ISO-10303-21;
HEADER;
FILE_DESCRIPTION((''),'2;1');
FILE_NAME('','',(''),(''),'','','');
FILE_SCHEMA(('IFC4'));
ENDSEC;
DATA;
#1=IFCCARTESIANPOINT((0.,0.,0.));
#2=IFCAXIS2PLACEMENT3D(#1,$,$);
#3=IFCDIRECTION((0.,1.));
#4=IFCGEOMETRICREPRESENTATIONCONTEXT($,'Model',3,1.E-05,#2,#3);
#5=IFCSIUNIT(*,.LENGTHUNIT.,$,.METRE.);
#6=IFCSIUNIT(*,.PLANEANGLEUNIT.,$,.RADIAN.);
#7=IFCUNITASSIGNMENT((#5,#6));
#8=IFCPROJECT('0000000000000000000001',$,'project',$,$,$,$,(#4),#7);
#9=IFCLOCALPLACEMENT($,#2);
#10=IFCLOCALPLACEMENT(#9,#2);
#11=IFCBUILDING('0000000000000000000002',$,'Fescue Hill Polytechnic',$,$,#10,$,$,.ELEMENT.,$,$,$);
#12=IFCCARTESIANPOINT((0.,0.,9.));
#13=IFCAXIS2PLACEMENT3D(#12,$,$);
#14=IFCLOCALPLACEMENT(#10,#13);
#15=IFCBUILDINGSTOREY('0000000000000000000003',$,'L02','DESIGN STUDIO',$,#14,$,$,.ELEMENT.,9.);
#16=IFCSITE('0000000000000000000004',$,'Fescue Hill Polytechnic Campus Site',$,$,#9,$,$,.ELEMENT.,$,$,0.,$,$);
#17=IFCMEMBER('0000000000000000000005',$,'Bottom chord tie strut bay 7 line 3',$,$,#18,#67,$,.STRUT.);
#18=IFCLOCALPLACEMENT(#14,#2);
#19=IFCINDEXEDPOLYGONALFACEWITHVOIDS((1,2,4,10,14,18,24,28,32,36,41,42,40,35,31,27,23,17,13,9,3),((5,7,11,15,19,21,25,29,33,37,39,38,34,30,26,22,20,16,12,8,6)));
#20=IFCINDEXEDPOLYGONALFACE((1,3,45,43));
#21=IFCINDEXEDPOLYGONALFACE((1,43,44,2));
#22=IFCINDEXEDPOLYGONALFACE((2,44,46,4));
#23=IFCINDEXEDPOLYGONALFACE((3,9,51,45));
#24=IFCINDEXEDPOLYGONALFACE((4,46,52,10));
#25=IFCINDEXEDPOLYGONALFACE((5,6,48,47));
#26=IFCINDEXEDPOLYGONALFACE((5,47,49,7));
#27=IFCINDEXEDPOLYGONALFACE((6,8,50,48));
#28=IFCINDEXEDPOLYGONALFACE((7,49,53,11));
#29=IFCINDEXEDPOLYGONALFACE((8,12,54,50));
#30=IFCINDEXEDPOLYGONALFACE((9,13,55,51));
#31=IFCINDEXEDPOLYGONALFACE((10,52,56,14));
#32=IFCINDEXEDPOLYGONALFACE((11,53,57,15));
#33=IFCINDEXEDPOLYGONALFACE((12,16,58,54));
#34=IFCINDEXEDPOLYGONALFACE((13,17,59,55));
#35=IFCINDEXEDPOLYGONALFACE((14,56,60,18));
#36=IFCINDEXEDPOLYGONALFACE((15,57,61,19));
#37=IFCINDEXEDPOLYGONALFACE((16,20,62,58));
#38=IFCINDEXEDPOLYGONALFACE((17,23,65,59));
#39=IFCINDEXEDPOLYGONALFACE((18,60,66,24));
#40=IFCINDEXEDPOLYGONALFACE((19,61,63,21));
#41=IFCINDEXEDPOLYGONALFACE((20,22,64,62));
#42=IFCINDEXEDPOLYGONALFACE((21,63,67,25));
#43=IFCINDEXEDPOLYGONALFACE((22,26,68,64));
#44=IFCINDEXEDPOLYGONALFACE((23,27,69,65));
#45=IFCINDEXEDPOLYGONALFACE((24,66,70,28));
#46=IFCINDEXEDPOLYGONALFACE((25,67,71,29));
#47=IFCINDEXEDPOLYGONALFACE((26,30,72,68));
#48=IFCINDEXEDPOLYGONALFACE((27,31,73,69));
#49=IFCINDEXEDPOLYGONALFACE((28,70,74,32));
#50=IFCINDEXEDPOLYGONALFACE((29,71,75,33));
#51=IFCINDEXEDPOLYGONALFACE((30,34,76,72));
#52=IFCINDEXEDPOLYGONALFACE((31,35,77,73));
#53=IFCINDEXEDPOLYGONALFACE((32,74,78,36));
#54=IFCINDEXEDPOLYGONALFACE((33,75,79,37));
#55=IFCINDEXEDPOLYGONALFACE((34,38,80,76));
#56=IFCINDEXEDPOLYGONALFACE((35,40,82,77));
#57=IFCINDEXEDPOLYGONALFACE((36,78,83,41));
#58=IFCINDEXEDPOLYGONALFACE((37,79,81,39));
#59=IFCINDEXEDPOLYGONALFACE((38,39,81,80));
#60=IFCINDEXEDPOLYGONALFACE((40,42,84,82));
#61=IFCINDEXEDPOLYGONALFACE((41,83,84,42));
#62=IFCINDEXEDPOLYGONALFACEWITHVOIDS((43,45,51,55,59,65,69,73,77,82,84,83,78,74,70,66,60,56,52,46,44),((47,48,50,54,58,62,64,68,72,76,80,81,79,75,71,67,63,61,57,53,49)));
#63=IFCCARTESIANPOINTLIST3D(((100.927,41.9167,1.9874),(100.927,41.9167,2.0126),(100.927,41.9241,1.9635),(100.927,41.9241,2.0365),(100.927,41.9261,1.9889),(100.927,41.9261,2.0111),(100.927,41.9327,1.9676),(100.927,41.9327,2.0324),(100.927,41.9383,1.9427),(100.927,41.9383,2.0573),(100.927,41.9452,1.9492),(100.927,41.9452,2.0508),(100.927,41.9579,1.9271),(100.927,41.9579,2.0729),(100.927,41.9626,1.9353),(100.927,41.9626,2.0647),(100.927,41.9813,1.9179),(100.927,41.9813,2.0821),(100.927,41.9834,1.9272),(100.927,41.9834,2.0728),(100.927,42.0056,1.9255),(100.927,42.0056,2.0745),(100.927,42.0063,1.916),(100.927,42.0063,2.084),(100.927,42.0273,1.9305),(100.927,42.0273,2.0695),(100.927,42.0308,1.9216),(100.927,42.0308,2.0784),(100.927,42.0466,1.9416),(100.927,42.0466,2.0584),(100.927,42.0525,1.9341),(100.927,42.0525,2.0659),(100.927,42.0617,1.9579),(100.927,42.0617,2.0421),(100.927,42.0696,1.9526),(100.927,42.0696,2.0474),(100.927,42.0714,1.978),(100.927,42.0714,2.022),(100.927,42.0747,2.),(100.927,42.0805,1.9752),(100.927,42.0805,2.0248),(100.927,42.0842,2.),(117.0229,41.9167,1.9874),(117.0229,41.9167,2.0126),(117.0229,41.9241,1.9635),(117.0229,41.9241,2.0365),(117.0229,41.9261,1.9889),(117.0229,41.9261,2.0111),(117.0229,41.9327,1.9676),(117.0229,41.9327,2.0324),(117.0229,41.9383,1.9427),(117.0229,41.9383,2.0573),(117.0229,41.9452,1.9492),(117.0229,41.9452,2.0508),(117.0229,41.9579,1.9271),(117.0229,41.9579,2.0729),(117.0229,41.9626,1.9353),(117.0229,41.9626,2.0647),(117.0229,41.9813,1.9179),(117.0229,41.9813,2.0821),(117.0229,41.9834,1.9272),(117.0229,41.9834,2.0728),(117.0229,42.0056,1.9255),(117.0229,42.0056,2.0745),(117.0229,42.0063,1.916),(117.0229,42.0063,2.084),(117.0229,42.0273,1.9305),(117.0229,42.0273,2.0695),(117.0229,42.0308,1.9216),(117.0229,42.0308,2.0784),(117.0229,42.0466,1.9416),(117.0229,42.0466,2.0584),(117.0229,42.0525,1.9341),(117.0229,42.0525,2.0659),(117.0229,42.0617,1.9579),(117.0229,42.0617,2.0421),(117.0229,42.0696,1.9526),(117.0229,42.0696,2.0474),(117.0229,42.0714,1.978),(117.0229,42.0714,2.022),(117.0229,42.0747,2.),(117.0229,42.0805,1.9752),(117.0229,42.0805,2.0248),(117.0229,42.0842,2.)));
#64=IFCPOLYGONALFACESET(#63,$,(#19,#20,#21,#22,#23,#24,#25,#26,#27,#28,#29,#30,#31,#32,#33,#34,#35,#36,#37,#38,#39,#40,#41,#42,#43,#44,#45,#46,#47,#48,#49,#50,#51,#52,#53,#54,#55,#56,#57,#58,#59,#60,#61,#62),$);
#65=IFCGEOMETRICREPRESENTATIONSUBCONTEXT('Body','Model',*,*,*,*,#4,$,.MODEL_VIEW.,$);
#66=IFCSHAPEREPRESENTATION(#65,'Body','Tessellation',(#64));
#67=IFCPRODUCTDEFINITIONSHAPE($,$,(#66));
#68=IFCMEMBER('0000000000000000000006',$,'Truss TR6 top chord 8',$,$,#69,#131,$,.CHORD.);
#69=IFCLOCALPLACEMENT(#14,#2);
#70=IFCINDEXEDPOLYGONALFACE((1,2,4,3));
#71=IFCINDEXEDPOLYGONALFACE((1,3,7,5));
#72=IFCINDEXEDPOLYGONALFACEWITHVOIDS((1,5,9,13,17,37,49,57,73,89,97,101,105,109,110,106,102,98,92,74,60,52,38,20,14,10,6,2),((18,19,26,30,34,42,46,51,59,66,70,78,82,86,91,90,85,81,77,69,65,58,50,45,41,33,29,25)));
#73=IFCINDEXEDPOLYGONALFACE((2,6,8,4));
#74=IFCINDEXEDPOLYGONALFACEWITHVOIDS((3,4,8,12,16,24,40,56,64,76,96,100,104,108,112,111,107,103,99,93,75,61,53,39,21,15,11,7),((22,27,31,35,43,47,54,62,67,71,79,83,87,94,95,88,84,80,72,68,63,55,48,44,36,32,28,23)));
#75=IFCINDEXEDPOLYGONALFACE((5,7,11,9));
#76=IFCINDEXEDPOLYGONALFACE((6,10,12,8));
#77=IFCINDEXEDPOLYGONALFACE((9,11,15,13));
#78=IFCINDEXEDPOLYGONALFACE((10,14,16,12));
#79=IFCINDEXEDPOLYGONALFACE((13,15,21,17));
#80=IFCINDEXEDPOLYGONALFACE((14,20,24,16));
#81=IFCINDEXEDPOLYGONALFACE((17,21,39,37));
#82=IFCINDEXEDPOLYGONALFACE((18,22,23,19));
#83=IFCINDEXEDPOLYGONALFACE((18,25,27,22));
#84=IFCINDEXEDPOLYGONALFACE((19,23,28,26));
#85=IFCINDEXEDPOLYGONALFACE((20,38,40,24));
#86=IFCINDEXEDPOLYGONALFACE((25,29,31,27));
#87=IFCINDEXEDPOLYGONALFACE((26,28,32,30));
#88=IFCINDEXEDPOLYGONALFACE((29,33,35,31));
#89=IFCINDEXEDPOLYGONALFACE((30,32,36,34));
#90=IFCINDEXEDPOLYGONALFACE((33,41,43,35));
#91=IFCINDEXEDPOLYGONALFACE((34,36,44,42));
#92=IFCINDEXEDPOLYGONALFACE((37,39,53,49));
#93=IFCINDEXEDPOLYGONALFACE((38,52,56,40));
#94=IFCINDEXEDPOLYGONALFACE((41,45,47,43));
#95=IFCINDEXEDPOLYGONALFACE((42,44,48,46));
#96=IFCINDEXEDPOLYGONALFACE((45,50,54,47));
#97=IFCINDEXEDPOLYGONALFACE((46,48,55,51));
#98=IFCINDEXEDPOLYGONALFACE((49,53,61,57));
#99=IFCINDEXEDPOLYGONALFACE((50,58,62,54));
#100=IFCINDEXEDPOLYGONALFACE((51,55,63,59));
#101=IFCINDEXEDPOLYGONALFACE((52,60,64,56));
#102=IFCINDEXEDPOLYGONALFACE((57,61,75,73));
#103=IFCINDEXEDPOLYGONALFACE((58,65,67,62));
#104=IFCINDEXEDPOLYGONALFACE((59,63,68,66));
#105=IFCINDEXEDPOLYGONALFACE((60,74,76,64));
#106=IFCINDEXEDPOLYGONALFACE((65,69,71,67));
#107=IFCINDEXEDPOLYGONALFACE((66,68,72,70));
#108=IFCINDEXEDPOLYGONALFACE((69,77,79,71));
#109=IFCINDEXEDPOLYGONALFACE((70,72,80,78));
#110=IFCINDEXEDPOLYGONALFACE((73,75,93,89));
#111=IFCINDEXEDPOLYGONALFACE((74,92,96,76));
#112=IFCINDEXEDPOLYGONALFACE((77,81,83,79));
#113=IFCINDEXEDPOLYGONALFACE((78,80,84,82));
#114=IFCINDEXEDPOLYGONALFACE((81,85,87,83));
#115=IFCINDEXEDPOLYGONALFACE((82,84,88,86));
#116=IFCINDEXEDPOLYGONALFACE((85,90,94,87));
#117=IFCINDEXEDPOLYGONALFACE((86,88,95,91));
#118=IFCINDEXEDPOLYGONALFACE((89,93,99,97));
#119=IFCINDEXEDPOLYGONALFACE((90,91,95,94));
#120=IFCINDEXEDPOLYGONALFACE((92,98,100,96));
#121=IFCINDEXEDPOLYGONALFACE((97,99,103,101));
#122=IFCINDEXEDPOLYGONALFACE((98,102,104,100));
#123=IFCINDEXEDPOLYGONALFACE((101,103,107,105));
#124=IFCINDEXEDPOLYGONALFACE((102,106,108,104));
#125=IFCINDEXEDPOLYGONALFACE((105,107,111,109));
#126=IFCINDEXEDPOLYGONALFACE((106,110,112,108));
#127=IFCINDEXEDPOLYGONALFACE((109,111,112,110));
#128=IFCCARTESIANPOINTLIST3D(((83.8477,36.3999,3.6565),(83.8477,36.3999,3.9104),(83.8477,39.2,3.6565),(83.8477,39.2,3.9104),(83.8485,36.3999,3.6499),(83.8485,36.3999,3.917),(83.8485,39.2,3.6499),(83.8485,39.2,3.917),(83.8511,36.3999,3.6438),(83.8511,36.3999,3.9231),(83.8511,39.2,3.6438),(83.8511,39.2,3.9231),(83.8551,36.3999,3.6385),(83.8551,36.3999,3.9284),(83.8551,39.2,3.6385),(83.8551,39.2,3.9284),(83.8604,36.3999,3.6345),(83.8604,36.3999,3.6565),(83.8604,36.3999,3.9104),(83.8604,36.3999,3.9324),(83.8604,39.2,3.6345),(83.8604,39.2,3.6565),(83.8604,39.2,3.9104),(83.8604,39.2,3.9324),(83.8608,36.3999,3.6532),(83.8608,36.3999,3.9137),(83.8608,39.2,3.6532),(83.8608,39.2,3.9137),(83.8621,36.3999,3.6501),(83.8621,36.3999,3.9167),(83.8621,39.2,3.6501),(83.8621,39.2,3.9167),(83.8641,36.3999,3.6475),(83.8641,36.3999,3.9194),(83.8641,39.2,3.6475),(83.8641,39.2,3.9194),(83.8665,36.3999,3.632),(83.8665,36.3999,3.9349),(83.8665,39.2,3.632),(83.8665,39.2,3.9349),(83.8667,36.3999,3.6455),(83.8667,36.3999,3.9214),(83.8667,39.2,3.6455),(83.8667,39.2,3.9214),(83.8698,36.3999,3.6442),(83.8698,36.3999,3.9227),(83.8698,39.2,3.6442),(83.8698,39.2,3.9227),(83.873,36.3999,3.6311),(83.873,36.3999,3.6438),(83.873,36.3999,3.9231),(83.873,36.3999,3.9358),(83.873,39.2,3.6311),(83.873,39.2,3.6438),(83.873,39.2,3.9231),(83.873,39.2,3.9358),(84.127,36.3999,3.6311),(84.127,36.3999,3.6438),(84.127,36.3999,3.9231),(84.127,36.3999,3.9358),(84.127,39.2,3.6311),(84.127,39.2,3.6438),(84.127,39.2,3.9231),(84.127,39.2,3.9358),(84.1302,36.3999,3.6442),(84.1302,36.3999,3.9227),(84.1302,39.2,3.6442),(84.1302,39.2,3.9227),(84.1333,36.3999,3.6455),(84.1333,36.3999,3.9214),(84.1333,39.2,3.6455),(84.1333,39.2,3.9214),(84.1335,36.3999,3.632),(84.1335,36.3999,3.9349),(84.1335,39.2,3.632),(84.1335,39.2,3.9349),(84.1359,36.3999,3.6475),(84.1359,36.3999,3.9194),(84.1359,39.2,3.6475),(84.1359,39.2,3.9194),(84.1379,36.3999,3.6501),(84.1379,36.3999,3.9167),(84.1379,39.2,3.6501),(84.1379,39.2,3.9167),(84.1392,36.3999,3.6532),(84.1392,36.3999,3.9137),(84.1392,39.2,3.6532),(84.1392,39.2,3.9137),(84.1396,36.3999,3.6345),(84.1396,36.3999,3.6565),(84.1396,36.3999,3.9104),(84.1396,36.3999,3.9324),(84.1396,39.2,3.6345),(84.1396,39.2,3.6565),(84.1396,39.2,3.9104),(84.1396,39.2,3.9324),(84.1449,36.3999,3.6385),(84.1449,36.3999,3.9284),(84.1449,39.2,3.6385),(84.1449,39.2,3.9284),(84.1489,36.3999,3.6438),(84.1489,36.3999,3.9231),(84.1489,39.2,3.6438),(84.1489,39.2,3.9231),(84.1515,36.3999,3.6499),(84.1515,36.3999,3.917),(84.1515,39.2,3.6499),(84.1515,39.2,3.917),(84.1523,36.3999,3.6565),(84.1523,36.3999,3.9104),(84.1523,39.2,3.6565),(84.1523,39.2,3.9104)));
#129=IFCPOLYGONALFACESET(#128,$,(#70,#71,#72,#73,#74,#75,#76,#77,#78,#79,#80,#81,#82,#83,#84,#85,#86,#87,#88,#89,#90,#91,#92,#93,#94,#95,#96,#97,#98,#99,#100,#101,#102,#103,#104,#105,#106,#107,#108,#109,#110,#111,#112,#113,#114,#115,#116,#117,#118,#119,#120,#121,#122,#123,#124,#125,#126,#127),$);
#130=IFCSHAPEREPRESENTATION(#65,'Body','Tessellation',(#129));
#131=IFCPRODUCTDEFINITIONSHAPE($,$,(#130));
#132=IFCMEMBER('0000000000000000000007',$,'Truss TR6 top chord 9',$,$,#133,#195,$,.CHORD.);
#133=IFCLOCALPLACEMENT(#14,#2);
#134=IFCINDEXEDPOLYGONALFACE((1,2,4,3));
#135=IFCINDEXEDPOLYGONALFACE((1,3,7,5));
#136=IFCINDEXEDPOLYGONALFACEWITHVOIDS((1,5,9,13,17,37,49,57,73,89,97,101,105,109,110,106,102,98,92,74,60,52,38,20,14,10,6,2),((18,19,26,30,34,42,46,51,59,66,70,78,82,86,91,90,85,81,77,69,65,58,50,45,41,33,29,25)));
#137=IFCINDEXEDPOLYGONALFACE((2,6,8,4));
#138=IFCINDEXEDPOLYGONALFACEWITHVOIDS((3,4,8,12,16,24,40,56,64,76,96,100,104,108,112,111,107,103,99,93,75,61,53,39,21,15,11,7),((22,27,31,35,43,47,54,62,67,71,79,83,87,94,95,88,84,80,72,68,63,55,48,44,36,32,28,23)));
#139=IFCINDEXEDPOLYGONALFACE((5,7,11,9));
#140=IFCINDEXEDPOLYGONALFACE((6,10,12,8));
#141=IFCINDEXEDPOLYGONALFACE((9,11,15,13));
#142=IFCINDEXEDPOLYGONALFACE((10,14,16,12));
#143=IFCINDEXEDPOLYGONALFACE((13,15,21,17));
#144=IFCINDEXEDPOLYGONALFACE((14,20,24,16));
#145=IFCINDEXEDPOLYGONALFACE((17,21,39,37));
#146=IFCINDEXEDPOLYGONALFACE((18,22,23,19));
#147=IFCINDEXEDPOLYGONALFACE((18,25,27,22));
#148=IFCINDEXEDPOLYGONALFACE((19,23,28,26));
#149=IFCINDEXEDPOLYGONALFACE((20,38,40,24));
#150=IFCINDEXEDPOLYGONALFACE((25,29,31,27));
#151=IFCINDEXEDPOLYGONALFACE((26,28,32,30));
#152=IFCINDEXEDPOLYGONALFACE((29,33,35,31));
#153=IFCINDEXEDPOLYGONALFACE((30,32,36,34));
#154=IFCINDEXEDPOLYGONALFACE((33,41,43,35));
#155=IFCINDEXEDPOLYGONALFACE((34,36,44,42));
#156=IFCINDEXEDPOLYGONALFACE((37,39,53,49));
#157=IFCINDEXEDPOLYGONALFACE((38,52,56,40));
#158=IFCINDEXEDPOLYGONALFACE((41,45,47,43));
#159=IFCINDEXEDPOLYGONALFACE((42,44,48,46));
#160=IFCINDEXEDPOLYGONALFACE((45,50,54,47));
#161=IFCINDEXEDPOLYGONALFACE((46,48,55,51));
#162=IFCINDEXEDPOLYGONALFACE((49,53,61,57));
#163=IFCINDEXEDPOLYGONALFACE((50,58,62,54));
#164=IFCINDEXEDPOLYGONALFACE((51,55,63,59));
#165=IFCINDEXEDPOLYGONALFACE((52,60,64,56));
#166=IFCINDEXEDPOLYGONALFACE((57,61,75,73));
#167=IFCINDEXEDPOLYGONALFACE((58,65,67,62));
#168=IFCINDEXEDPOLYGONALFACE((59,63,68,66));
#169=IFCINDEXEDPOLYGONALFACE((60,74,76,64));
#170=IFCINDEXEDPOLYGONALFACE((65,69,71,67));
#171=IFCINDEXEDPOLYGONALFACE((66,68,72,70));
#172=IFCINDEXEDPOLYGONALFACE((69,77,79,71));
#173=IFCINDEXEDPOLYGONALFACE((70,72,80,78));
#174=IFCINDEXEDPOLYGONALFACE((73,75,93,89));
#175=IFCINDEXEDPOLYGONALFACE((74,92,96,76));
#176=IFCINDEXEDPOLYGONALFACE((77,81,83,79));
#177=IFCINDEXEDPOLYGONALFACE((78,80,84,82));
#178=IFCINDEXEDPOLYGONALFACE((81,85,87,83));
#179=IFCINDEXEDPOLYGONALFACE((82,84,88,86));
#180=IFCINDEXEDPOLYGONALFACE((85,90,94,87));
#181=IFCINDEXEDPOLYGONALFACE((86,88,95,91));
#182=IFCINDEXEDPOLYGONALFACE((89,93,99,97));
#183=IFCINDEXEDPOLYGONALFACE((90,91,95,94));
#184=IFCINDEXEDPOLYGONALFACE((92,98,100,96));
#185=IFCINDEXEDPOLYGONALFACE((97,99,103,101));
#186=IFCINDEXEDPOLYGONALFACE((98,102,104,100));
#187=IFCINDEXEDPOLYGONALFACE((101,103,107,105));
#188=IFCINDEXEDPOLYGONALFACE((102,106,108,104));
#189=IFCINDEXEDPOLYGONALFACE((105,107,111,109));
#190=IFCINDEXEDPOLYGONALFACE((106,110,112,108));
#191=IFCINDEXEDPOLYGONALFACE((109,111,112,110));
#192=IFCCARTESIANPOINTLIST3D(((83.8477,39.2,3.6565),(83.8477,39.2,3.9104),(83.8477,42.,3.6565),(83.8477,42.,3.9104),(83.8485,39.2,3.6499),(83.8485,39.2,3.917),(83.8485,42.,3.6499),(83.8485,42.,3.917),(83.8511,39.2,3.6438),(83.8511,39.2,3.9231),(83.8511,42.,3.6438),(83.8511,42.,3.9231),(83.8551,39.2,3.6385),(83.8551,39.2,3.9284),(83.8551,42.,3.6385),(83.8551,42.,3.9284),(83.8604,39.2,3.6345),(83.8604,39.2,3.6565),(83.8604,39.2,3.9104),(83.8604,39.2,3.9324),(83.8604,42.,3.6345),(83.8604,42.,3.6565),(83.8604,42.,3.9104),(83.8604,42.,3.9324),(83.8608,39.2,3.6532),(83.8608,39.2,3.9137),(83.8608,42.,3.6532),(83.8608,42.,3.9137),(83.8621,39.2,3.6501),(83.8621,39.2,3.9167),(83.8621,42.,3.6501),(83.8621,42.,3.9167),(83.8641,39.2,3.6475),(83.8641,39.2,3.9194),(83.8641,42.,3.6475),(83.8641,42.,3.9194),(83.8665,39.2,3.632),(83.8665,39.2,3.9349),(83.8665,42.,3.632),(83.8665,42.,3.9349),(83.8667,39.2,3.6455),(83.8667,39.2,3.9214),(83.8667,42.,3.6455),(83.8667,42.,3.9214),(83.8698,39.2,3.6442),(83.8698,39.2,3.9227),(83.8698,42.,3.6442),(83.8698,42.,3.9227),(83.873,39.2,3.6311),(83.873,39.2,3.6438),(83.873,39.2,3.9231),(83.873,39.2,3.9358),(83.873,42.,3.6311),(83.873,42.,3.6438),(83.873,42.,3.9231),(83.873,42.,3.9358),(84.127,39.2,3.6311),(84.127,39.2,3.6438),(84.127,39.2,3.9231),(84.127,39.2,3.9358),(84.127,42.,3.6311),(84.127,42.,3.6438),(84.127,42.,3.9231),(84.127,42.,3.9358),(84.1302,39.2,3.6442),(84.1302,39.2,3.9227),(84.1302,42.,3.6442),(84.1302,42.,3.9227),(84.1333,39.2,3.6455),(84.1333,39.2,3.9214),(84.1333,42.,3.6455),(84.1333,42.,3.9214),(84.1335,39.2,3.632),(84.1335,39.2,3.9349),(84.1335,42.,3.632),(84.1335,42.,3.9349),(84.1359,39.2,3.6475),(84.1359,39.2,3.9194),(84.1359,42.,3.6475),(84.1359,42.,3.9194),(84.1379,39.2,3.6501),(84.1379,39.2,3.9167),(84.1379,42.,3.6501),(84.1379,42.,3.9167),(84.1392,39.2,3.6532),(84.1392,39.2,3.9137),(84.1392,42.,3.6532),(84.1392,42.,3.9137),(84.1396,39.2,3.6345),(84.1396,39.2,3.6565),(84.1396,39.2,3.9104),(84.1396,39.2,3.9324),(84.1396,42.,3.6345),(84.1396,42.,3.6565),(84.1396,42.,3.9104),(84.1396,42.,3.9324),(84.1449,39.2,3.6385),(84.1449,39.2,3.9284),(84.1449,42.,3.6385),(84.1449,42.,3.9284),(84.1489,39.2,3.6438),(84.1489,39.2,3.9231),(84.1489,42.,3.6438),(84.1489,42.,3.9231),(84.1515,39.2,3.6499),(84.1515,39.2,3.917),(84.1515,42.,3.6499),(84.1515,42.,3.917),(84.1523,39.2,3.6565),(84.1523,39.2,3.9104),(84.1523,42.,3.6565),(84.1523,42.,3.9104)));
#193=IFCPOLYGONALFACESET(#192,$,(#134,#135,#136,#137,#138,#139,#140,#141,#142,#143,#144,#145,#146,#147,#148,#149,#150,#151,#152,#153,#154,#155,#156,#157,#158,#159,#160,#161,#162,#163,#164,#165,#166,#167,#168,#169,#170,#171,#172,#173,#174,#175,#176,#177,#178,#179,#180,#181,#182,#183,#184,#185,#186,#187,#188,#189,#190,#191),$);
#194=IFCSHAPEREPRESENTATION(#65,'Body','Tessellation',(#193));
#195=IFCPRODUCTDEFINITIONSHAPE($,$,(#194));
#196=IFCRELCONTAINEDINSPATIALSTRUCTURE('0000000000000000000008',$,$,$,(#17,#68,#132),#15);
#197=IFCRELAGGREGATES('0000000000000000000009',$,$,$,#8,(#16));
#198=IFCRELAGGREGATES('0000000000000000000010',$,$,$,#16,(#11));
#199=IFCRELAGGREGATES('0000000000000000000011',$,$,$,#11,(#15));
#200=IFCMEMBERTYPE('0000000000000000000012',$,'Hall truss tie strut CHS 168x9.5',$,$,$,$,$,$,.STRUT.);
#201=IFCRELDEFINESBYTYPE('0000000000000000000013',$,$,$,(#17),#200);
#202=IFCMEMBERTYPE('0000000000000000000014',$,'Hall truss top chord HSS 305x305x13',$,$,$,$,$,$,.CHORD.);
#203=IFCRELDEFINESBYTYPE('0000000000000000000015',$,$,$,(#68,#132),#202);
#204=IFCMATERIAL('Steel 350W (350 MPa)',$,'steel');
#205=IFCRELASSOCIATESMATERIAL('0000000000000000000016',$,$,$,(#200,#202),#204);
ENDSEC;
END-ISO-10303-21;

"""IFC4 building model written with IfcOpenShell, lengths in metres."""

from ifc_helpers import new_model, si_unit, direction, frame, origin, origin_2d, place, context, subcontext, project, spatial, hollow_rectangle, hollow_circle, extrude, material, material_profile, profile_set, type_object, element, save


model = new_model("IFC4")

# Units and contexts
model_context = context("Model", 3, precision=1e-05, world=origin(), true_north=direction((0.0, 1.0)))
body_context = subcontext(model_context, "Body", "Model", "MODEL_VIEW")
ifc_project = project(units=[si_unit("LENGTHUNIT", "METRE"), si_unit("PLANEANGLEUNIT", "RADIAN")], contexts=[model_context])

# Site, building, storey
site_placement = place(None, origin())
site = spatial("IfcSite", under=ifc_project, at=site_placement, Name="Fescue Hill Polytechnic Campus Site", CompositionType="ELEMENT", RefElevation=0.0)
building_placement = place(site_placement, origin())
building = spatial("IfcBuilding", under=site, at=building_placement, Name="Fescue Hill Polytechnic", CompositionType="ELEMENT")
storey_placement = place(building_placement, frame((0.0, 0.0, 9.0)))
storey = spatial("IfcBuildingStorey", under=building, at=storey_placement, Name="L02", Description="DESIGN STUDIO", CompositionType="ELEMENT", Elevation=9.0)

# Members
ifc_material = material(Name="Steel 350W (350 MPa)", Category="steel")
ifc_material_profile_1 = material_profile(ifc_material, hollow_circle(Radius=0.0842, WallThickness=0.0095, at=origin_2d()), Name="Hall truss tie strut CHS 168x9.5")
ifc_profile_set_1 = profile_set([ifc_material_profile_1], Name="Steel 350W (350 MPa)")
member_type_1 = type_object("IfcMemberType", Name="Hall truss tie strut CHS 168x9.5", PredefinedType="STRUT", material=ifc_profile_set_1)
member_1_placement = place(storey_placement, frame((100.927, 42.0, 2.0), z_axis=(1.0, 0.0, 0.0), x_axis=(0.0, 1.0, 0.0)))
element("IfcMember", 1, at=member_1_placement, inside=storey, type_object=member_type_1, Name="Bottom chord tie strut bay 7 line 3", PredefinedType="STRUT", context=body_context, shape_type="SweptSolid", body=[
    extrude(hollow_circle(Radius=0.0842, WallThickness=0.0095, at=origin_2d()), origin(), (0.0, 0.0, 1.0), 16.0959),
])
ifc_material_profile_2 = material_profile(ifc_material, hollow_rectangle(XDim=0.3047, YDim=0.3047, WallThickness=0.0127, InnerFilletRadius=0.0127, OuterFilletRadius=0.0254, at=origin_2d()), Name="Hall truss top chord HSS 305x305x13")
ifc_profile_set_2 = profile_set([ifc_material_profile_2], Name="Steel 350W (350 MPa)")
member_type_2 = type_object("IfcMemberType", Name="Hall truss top chord HSS 305x305x13", PredefinedType="CHORD", material=ifc_profile_set_2)
for number, where, z_axis, x_axis, name in (
    (2, (84.0, 36.3999, 3.7834), (0.0, 1.0, 0.0), (-1.0, 0.0, 0.0), "Truss TR6 top chord 8"),
    (3, (84.0, 39.2, 3.7834), (0.0, 1.0, 0.0), (-1.0, 0.0, 0.0), "Truss TR6 top chord 9"),
):
    element("IfcMember", number, at=place(storey_placement, frame(where, z_axis=z_axis, x_axis=x_axis)), inside=storey, type_object=member_type_2, Name=name, PredefinedType="CHORD", context=body_context, shape_type="SweptSolid", body=[
        extrude(hollow_rectangle(XDim=0.3047, YDim=0.3047, WallThickness=0.0127, InnerFilletRadius=0.0127, OuterFilletRadius=0.0254, at=origin_2d()), origin(), (0.0, 0.0, 1.0), 2.8),
    ])

save(model, "model.ifc")
